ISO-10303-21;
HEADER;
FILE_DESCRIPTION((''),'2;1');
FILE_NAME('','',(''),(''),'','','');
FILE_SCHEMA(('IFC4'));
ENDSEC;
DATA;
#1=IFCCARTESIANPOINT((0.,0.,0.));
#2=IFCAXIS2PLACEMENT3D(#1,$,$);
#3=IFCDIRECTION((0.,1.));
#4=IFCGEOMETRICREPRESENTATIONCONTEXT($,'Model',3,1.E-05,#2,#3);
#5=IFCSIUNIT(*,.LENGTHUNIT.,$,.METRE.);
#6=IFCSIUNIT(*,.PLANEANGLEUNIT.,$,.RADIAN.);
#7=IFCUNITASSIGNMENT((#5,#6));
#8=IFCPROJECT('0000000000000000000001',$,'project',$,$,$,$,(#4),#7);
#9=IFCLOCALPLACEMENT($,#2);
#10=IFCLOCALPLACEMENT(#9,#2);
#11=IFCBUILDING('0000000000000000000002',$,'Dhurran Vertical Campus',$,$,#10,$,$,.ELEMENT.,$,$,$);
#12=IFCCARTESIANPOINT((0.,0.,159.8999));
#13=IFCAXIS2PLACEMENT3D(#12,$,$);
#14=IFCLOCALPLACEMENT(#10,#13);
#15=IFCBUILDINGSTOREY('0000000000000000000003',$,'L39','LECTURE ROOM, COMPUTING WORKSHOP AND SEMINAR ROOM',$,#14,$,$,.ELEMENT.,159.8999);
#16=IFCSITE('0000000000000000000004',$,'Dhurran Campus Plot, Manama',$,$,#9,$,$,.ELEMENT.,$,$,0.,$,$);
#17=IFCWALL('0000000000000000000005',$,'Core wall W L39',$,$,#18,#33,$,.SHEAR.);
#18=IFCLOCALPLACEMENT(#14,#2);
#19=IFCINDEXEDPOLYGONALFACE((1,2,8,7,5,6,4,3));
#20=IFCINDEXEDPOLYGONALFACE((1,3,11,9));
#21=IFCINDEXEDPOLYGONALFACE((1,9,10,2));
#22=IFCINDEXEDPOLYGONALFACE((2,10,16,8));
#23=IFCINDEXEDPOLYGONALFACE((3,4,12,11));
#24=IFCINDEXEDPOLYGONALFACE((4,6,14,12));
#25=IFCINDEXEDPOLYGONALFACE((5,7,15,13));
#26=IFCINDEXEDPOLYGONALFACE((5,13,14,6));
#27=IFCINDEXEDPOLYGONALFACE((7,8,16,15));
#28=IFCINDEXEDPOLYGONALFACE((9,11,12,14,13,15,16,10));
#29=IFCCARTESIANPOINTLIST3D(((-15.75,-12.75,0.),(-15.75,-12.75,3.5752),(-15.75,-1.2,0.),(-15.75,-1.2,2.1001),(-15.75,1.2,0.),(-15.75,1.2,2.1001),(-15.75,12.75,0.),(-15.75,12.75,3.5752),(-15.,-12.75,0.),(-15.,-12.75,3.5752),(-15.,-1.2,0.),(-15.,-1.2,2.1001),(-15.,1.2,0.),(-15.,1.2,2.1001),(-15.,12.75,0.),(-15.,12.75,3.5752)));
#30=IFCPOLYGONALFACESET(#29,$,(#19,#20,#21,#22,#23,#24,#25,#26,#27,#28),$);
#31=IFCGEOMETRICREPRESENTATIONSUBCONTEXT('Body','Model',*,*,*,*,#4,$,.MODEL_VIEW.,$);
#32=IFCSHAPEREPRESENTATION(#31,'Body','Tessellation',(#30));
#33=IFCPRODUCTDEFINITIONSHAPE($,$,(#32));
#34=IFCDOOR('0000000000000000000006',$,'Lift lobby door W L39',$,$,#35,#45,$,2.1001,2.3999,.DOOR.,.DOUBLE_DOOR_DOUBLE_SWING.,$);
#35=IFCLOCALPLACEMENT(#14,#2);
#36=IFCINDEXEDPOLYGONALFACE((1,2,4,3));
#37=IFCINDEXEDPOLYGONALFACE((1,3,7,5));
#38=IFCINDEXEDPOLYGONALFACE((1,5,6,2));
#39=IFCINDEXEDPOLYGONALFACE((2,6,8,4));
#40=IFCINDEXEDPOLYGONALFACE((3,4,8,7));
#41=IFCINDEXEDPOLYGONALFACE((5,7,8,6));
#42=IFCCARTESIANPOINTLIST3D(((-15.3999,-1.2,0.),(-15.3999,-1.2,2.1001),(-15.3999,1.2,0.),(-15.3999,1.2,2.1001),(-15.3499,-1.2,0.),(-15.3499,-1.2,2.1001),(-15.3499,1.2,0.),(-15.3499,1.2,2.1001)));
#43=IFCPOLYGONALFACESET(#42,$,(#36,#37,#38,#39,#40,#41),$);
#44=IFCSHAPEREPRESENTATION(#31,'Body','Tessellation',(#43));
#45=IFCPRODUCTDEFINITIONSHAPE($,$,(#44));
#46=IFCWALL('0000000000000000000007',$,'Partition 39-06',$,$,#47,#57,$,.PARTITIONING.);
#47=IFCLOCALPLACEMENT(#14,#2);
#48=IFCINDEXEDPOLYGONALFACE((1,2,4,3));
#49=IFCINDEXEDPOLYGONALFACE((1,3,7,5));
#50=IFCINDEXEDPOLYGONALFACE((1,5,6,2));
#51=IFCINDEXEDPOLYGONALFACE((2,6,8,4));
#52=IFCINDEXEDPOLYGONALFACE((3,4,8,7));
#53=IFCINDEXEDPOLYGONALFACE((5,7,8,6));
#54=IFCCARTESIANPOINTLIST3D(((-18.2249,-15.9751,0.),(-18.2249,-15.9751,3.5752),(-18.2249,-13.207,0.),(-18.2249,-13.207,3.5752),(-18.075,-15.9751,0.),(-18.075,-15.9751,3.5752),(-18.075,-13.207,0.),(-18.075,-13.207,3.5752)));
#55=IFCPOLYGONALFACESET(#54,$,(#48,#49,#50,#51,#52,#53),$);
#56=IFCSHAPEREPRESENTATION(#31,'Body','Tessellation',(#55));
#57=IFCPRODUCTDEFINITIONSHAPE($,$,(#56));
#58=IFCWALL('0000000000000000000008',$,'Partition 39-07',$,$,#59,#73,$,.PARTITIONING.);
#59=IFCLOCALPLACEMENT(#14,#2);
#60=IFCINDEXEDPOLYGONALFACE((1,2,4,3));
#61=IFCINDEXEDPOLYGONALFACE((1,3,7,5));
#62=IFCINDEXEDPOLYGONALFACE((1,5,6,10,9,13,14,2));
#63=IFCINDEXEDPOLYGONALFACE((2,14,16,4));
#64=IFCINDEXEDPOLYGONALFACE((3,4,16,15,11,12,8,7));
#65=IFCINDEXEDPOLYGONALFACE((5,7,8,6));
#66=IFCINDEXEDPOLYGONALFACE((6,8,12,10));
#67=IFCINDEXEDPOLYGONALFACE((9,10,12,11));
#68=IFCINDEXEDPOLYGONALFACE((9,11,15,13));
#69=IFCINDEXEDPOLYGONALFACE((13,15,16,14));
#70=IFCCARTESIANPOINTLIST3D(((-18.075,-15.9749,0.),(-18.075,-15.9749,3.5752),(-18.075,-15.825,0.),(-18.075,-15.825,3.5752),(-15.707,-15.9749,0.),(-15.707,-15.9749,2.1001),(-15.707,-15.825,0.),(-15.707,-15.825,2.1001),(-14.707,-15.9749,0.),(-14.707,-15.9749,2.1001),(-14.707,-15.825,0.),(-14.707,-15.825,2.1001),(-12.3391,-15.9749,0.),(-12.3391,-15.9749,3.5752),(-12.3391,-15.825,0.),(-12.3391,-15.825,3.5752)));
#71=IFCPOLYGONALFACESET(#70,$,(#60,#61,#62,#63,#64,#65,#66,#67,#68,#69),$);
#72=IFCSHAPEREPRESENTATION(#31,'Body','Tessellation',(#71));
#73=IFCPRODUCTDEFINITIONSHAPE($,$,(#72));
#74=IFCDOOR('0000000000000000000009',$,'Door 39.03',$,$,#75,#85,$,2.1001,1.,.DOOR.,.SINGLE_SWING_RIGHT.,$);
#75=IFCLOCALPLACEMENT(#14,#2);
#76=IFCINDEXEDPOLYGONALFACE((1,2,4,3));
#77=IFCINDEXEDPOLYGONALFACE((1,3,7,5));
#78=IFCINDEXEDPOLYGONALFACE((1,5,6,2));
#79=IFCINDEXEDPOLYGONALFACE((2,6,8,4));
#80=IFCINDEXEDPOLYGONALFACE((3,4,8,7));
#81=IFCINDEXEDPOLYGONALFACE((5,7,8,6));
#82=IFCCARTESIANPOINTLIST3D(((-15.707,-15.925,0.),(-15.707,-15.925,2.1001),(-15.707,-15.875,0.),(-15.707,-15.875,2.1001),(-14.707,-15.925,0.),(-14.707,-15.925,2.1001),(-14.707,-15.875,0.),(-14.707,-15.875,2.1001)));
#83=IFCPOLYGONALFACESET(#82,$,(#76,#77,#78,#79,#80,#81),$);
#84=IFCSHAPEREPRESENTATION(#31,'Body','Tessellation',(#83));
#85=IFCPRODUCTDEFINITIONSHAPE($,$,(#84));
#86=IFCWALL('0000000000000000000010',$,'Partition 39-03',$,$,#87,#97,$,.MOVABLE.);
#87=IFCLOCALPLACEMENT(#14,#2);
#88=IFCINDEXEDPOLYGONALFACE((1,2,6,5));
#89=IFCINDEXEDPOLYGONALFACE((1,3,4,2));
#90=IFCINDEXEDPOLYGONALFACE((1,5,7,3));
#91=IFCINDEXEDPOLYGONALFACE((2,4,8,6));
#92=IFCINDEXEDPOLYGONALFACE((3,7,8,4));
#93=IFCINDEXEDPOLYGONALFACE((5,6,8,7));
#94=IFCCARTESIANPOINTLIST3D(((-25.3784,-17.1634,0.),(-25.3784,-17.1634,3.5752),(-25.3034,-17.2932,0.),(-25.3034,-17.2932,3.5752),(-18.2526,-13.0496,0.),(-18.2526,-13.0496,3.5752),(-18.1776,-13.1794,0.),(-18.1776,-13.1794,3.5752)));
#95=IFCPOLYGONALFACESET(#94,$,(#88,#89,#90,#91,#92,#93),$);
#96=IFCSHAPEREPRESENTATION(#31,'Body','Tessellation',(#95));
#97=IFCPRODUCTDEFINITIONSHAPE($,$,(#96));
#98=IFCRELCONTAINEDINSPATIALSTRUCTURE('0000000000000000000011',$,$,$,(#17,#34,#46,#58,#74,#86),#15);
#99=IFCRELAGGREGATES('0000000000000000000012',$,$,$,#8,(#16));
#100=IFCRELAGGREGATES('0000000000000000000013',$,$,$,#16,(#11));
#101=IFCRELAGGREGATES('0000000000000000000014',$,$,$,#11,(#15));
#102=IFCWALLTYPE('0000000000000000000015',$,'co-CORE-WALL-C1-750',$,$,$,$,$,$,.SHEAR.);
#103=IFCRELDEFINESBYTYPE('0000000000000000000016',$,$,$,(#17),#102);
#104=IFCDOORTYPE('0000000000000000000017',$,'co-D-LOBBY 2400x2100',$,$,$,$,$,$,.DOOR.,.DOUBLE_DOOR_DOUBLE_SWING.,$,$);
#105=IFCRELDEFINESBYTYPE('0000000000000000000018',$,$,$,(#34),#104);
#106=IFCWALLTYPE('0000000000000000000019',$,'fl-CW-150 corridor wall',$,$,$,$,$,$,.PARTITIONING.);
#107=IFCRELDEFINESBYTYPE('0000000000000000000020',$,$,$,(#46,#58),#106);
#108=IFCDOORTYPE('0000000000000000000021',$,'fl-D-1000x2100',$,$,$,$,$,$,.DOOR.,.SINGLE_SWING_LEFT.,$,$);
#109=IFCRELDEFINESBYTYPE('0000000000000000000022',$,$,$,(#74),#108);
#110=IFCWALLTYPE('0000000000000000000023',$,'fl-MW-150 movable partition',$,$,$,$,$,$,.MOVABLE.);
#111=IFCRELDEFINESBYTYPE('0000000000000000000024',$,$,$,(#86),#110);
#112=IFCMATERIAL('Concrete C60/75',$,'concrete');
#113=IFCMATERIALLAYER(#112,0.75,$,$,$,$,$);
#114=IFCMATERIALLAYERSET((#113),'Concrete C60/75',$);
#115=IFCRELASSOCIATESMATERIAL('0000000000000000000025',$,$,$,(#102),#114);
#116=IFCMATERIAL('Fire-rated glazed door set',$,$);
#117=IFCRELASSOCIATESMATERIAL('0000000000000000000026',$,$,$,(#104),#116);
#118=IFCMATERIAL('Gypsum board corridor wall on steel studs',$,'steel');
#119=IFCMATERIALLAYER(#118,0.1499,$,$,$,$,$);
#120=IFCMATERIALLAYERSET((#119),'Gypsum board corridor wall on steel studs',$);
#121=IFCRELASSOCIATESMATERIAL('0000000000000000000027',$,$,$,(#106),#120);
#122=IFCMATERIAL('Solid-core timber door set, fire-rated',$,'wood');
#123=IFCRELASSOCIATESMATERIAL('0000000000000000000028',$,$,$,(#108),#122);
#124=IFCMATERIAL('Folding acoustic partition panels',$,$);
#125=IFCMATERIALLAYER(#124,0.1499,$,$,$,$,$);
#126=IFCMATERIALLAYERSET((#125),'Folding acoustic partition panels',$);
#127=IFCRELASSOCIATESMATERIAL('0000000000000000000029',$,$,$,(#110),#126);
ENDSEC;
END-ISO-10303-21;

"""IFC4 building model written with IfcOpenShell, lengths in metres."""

from ifc_helpers import new_model, si_unit, direction, frame, frame_2d, origin, place, context, subcontext, project, spatial, rectangle, extrude, material, layer, layer_set, type_object, element, fill, save


model = new_model("IFC4")

# Units and contexts
model_context = context("Model", 3, precision=1e-05, world=origin(), true_north=direction((0.0, 1.0)))
body_context = subcontext(model_context, "Body", "Model", "MODEL_VIEW")
ifc_project = project(units=[si_unit("LENGTHUNIT", "METRE"), si_unit("PLANEANGLEUNIT", "RADIAN")], contexts=[model_context])

# Site, building, storey
site_placement = place(None, origin())
site = spatial("IfcSite", under=ifc_project, at=site_placement, Name="Dhurran Campus Plot, Manama", CompositionType="ELEMENT", RefElevation=0.0)
building_placement = place(site_placement, origin())
building = spatial("IfcBuilding", under=site, at=building_placement, Name="Dhurran Vertical Campus", CompositionType="ELEMENT")
storey_placement = place(building_placement, frame((0.0, 0.0, 159.8999)))
storey = spatial("IfcBuildingStorey", under=building, at=storey_placement, Name="L39", Description="LECTURE ROOM, COMPUTING WORKSHOP AND SEMINAR ROOM", CompositionType="ELEMENT", Elevation=159.8999)

# Shared definitions
ifc_material_1 = material(Name="Concrete C60/75", Category="concrete")
ifc_layer_1 = layer(ifc_material_1, 0.75)
ifc_layer_set_1 = layer_set([ifc_layer_1], Name="Concrete C60/75")
wall_type_1 = type_object("IfcWallType", Name="co-CORE-WALL-C1-750", PredefinedType="SHEAR", material=ifc_layer_set_1)
ifc_material_2 = material(Name="Fire-rated glazed door set")
door_type_1 = type_object("IfcDoorType", Name="co-D-LOBBY 2400x2100", OperationType="DOUBLE_DOOR_DOUBLE_SWING", PredefinedType="DOOR", material=ifc_material_2)

# Wall, opening, door
wall_1_placement = place(storey_placement, frame((-15.375, -12.75, 0.0), z_axis=(0.0, 0.0, 1.0), x_axis=(0.0, 1.0, 0.0)))
wall_1 = element("IfcWall", 1, at=wall_1_placement, inside=storey, type_object=wall_type_1, Name="Core wall W L39", PredefinedType="SHEAR", context=body_context, shape_type="SweptSolid", body=[
    extrude(rectangle(XDim=25.5, YDim=0.75, at=frame_2d((12.75, 0.0))), origin(), (0.0, 0.0, 1.0), 3.5752),
])
opening_1_placement = place(wall_1_placement, frame((11.55, 0.0, 0.0)))
opening_1 = element("IfcOpeningElement", 2, at=opening_1_placement, cuts=wall_1, PredefinedType="OPENING", context=body_context, shape_type="SweptSolid", body=[
    extrude(rectangle(XDim=2.3999, YDim=2.1001, at=frame_2d((1.2, 1.05))), frame((0.0, 0.385, 0.0), z_axis=(0.0, -1.0, 0.0), x_axis=(1.0, 0.0, 0.0)), (0.0, 0.0, 1.0), 0.77),
])
door_1_placement = place(opening_1_placement, origin())
door_1 = element("IfcDoor", 3, at=door_1_placement, inside=storey, type_object=door_type_1, Name="Lift lobby door W L39", OperationType="DOUBLE_DOOR_DOUBLE_SWING", OverallHeight=2.1001, OverallWidth=2.3999, PredefinedType="DOOR", context=body_context, shape_type="SweptSolid", body=[
    extrude(rectangle(XDim=2.3999, YDim=2.1001, at=frame_2d((1.2, 1.05))), frame((0.0, 0.0249, 0.0), z_axis=(0.0, -1.0, 0.0), x_axis=(1.0, 0.0, 0.0)), (0.0, 0.0, 1.0), 0.05),
])
fill(opening_1, door_1)

# Wall
ifc_material_3 = material(Name="Gypsum board corridor wall on steel studs", Category="steel")
ifc_layer_2 = layer(ifc_material_3, 0.1499)
ifc_layer_set_2 = layer_set([ifc_layer_2], Name="Gypsum board corridor wall on steel studs")
wall_type_2 = type_object("IfcWallType", Name="fl-CW-150 corridor wall", PredefinedType="PARTITIONING", material=ifc_layer_set_2)
wall_2_placement = place(storey_placement, frame((-18.1499, -13.207, 0.0), z_axis=(0.0, 0.0, 1.0), x_axis=(0.0, -1.0, 0.0)))
element("IfcWall", 4, at=wall_2_placement, inside=storey, type_object=wall_type_2, Name="Partition 39-06", PredefinedType="PARTITIONING", context=body_context, shape_type="SweptSolid", body=[
    extrude(rectangle(XDim=2.7681, YDim=0.1499, at=frame_2d((1.384, 0.0))), origin(), (0.0, 0.0, 1.0), 3.5752),
])

# Wall, opening, door
wall_3_placement = place(storey_placement, frame((-18.075, -15.8999, 0.0), z_axis=(0.0, 0.0, 1.0), x_axis=(1.0, 0.0, 0.0)))
wall_3 = element("IfcWall", 5, at=wall_3_placement, inside=storey, type_object=wall_type_2, Name="Partition 39-07", PredefinedType="PARTITIONING", context=body_context, shape_type="SweptSolid", body=[
    extrude(rectangle(XDim=5.7358, YDim=0.1499, at=frame_2d((2.8679, 0.0))), origin(), (0.0, 0.0, 1.0), 3.5752),
])
opening_2_placement = place(wall_3_placement, frame((2.3679, 0.0, 0.0)))
opening_2 = element("IfcOpeningElement", 6, at=opening_2_placement, cuts=wall_3, PredefinedType="OPENING", context=body_context, shape_type="SweptSolid", body=[
    extrude(rectangle(XDim=1.0, YDim=2.1001, at=frame_2d((0.5, 1.05))), frame((0.0, 0.085, 0.0), z_axis=(0.0, -1.0, 0.0), x_axis=(1.0, 0.0, 0.0)), (0.0, 0.0, 1.0), 0.1699),
])
ifc_material_4 = material(Name="Solid-core timber door set, fire-rated", Category="wood")
door_type_2 = type_object("IfcDoorType", Name="fl-D-1000x2100", OperationType="SINGLE_SWING_LEFT", PredefinedType="DOOR", material=ifc_material_4)
door_2_placement = place(opening_2_placement, origin())
door_2 = element("IfcDoor", 7, at=door_2_placement, inside=storey, type_object=door_type_2, Name="Door 39.03", OperationType="SINGLE_SWING_RIGHT", OverallHeight=2.1001, OverallWidth=1.0, PredefinedType="DOOR", context=body_context, shape_type="SweptSolid", body=[
    extrude(rectangle(XDim=1.0, YDim=2.1001, at=frame_2d((0.5, 1.05))), frame((0.0, 0.0249, 0.0), z_axis=(0.0, -1.0, 0.0), x_axis=(1.0, 0.0, 0.0)), (0.0, 0.0, 1.0), 0.05),
])
fill(opening_2, door_2)

# Wall
ifc_material_5 = material(Name="Folding acoustic partition panels")
ifc_layer_3 = layer(ifc_material_5, 0.1499)
ifc_layer_set_3 = layer_set([ifc_layer_3], Name="Folding acoustic partition panels")
wall_type_3 = type_object("IfcWallType", Name="fl-MW-150 movable partition", PredefinedType="MOVABLE", material=ifc_layer_set_3)
wall_4_placement = place(storey_placement, frame((-18.2151, -13.1145, 0.0), z_axis=(0.0, 0.0, 1.0), x_axis=(-0.86604, -0.499975, 0.0)))
element("IfcWall", 8, at=wall_4_placement, inside=storey, type_object=wall_type_3, Name="Partition 39-03", PredefinedType="MOVABLE", context=body_context, shape_type="SweptSolid", body=[
    extrude(rectangle(XDim=8.228, YDim=0.1499, at=frame_2d((4.114, 0.0))), origin(), (0.0, 0.0, 1.0), 3.5752),
])

save(model, "model.ifc")
